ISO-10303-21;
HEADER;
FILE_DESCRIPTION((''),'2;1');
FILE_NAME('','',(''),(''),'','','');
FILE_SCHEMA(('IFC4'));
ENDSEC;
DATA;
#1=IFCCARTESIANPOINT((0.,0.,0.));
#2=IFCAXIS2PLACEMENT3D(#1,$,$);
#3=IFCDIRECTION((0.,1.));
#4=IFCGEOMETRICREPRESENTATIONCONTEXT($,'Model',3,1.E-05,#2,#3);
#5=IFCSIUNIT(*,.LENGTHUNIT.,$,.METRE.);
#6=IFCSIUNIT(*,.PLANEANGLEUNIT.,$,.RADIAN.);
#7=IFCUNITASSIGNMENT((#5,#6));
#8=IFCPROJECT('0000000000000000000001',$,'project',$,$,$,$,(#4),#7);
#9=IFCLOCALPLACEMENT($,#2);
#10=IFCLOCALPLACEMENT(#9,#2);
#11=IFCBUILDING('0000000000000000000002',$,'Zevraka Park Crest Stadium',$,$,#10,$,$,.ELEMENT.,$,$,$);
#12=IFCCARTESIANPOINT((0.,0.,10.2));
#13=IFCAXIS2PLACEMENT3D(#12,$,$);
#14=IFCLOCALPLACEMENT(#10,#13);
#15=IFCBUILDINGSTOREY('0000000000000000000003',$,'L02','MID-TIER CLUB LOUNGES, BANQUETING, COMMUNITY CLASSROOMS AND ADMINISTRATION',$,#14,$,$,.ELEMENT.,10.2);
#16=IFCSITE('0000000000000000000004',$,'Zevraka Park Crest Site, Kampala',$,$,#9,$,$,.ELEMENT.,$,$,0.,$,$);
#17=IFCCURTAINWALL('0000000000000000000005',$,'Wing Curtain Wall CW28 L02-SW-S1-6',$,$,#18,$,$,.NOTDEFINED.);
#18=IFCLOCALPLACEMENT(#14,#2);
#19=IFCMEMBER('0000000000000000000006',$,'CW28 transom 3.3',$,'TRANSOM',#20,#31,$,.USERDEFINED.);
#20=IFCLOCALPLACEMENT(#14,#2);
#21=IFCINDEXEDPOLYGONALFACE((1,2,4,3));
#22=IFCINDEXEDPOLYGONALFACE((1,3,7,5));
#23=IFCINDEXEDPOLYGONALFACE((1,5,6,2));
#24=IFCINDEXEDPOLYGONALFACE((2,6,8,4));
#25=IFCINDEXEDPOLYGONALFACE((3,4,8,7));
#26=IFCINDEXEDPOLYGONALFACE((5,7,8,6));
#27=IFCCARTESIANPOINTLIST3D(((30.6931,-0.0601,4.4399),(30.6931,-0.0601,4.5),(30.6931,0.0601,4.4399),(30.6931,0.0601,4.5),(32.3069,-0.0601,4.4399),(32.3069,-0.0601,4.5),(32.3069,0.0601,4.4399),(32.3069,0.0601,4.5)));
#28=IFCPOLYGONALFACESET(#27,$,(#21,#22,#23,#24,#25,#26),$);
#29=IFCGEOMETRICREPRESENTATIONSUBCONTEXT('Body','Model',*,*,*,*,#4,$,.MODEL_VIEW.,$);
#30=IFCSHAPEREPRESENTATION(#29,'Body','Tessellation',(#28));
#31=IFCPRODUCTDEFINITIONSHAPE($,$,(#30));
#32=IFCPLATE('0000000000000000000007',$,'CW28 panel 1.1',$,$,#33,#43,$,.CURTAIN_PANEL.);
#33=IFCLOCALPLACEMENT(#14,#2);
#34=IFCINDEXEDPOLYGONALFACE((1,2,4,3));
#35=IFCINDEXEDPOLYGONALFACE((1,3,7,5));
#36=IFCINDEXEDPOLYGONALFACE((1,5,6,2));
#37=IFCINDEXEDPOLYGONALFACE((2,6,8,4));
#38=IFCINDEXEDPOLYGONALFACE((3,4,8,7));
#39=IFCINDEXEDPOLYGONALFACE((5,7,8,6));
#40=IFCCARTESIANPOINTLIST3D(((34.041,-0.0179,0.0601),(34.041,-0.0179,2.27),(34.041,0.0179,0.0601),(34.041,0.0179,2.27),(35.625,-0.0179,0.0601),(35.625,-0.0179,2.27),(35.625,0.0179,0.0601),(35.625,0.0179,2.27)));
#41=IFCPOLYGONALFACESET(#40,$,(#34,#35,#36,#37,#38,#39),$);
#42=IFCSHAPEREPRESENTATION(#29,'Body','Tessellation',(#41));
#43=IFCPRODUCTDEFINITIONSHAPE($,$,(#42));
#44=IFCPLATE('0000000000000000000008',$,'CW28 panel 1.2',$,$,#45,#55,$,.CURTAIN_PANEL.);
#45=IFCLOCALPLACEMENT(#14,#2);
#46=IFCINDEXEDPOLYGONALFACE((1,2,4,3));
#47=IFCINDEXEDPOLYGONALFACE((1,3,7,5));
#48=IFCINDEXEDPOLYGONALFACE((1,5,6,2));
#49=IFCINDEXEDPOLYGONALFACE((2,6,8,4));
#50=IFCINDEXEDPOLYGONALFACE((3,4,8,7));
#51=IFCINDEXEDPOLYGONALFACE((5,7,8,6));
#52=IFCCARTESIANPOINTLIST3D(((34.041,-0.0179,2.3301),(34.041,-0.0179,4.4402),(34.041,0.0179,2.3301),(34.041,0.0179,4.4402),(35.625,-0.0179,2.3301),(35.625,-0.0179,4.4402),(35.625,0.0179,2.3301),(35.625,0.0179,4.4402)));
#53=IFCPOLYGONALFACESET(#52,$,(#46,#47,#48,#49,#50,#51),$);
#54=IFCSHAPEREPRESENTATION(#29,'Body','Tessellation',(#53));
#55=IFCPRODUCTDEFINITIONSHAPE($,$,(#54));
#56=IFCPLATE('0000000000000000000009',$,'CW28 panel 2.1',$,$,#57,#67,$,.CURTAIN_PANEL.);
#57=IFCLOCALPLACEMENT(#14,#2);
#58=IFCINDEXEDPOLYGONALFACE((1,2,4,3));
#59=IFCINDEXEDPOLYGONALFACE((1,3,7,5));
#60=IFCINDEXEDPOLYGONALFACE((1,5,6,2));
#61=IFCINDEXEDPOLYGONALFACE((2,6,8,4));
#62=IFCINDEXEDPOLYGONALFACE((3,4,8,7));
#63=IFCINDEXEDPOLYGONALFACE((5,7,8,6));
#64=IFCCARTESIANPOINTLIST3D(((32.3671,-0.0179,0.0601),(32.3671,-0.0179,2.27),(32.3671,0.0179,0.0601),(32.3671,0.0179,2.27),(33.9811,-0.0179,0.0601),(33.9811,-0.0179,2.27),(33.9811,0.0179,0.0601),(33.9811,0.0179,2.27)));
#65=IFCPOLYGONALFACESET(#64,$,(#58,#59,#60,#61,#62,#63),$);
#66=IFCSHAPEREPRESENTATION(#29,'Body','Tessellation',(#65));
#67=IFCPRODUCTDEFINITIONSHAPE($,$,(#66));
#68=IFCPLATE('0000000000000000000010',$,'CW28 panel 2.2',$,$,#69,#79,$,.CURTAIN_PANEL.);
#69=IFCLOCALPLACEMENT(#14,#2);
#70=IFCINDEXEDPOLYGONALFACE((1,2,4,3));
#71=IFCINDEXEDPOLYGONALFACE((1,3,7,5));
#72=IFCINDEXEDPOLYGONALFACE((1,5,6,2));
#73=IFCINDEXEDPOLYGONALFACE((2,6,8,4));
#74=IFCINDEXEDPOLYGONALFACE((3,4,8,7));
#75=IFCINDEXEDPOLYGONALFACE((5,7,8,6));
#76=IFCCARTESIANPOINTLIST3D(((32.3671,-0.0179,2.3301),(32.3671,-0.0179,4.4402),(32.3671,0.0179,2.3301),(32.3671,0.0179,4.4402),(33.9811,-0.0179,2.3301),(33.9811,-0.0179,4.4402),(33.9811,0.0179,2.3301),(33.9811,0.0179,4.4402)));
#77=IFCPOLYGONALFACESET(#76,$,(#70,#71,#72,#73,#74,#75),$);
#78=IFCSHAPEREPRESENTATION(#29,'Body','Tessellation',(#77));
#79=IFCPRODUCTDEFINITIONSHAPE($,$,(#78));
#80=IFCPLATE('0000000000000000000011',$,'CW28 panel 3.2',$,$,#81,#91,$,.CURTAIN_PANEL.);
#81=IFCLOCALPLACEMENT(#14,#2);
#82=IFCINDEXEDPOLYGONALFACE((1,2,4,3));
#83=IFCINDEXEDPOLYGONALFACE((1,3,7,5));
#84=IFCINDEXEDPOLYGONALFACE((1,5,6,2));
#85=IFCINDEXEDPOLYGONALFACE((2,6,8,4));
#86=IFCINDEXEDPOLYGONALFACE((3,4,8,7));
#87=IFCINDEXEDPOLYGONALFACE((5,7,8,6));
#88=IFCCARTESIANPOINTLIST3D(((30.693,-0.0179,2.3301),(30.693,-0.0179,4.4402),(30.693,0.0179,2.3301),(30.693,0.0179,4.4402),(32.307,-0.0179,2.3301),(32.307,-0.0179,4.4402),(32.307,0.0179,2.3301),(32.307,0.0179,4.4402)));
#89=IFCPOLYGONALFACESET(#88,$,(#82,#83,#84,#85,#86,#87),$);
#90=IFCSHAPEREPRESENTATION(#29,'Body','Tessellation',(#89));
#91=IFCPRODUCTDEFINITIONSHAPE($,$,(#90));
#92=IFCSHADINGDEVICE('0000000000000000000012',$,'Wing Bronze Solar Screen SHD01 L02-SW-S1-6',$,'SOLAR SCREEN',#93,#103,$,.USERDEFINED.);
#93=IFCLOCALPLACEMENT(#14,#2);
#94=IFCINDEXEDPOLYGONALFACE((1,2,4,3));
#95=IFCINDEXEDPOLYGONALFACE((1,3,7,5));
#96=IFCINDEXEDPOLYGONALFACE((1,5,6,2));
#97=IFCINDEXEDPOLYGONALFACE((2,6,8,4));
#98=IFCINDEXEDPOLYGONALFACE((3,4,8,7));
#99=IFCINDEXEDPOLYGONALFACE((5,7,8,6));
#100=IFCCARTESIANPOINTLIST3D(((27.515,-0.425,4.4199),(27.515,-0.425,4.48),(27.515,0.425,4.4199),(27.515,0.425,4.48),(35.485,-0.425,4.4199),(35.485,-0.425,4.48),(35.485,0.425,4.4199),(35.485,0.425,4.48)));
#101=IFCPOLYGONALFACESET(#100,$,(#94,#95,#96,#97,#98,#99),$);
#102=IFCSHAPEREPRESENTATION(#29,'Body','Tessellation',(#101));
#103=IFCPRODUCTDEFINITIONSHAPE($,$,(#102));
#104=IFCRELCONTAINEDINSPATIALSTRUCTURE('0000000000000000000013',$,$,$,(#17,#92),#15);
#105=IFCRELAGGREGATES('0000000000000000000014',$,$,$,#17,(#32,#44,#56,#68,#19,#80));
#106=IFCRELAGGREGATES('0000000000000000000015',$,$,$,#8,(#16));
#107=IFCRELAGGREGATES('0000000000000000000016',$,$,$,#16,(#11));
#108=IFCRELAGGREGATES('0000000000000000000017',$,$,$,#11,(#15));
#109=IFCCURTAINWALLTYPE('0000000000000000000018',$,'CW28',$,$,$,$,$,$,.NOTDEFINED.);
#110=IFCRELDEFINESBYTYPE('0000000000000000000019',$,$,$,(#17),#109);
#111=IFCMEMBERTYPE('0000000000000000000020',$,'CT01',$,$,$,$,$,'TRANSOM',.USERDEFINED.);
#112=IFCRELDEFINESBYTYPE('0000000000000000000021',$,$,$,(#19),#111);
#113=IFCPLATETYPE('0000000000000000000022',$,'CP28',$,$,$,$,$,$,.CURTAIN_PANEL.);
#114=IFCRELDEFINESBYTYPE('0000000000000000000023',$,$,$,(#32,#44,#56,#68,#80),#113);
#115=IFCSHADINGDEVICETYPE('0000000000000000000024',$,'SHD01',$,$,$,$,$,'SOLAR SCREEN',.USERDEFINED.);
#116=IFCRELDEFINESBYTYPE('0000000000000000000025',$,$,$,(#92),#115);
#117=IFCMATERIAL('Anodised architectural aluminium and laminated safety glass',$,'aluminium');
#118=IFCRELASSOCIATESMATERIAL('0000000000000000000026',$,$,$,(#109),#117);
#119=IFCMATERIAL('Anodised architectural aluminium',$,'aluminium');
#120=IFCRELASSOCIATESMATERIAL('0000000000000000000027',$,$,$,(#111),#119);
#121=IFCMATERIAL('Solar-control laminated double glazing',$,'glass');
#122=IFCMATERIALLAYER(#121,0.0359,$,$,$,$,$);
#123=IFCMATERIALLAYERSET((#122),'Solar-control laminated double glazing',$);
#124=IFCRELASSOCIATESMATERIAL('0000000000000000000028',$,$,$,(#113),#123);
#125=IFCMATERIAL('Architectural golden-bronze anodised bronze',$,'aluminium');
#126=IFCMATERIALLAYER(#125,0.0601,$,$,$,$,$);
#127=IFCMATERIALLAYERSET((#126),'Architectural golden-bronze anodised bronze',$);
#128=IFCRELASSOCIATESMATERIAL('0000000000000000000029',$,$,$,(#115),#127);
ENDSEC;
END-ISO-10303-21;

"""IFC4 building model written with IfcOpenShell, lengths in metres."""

from ifc_helpers import new_model, si_unit, direction, frame, origin, origin_2d, place, context, subcontext, project, spatial, rectangle, extrude, material, layer, layer_set, material_profile, profile_set, type_object, element, aggregate, save


model = new_model("IFC4")

# Units and contexts
model_context = context("Model", 3, precision=1e-05, world=origin(), true_north=direction((0.0, 1.0)))
body_context = subcontext(model_context, "Body", "Model", "MODEL_VIEW")
ifc_project = project(units=[si_unit("LENGTHUNIT", "METRE"), si_unit("PLANEANGLEUNIT", "RADIAN")], contexts=[model_context])

# Site, building, storey
site_placement = place(None, origin())
site = spatial("IfcSite", under=ifc_project, at=site_placement, Name="Zevraka Park Crest Site, Kampala", CompositionType="ELEMENT", RefElevation=0.0)
building_placement = place(site_placement, origin())
building = spatial("IfcBuilding", under=site, at=building_placement, Name="Zevraka Park Crest Stadium", CompositionType="ELEMENT")
storey_placement = place(building_placement, frame((0.0, 0.0, 10.2)))
storey = spatial("IfcBuildingStorey", under=building, at=storey_placement, Name="L02", Description="MID-TIER CLUB LOUNGES, BANQUETING, COMMUNITY CLASSROOMS AND ADMINISTRATION", CompositionType="ELEMENT", Elevation=10.2)

# Curtain wall, member, plates
ifc_material_1 = material(Name="Anodised architectural aluminium and laminated safety glass", Category="aluminium")
curtain_wall_type = type_object("IfcCurtainWallType", Name="CW28", PredefinedType="NOTDEFINED", material=ifc_material_1)
curtain_wall_placement = place(storey_placement, origin())
curtain_wall = element("IfcCurtainWall", 1, at=curtain_wall_placement, inside=storey, type_object=curtain_wall_type, Name="Wing Curtain Wall CW28 L02-SW-S1-6", PredefinedType="NOTDEFINED")
ifc_material_2 = material(Name="Anodised architectural aluminium", Category="aluminium")
ifc_material_profile_1 = material_profile(ifc_material_2, rectangle(XDim=0.1201, YDim=0.0601, at=origin_2d()), Name="ALU TRANSOM 120x60")
ifc_profile_set_1 = profile_set([ifc_material_profile_1], Name="Anodised architectural aluminium")
member_type_1 = type_object("IfcMemberType", Name="CT01", ElementType="TRANSOM", PredefinedType="USERDEFINED", material=ifc_profile_set_1)
member_1_placement = place(storey_placement, frame((32.3069, 0.0, 4.47), z_axis=(-1.0, 0.0, 0.0), x_axis=(0.0, -1.0, 0.0)))
member_1 = element("IfcMember", 2, at=member_1_placement, type_object=member_type_1, Name="CW28 transom 3.3", ObjectType="TRANSOM", PredefinedType="USERDEFINED", context=body_context, shape_type="SweptSolid", body=[
    extrude(rectangle(XDim=0.1201, YDim=0.0601, at=origin_2d()), origin(), (0.0, 0.0, 1.0), 1.6138),
])
ifc_material_3 = material(Name="Solar-control laminated double glazing", Category="glass")
ifc_layer_1 = layer(ifc_material_3, 0.0359)
ifc_layer_set_1 = layer_set([ifc_layer_1], Name="Solar-control laminated double glazing")
plate_type = type_object("IfcPlateType", Name="CP28", PredefinedType="CURTAIN_PANEL", material=ifc_layer_set_1)
plate_1_placement = place(storey_placement, frame((34.833, 0.0, 0.0601), z_axis=(0.0, 0.0, 1.0), x_axis=(-1.0, 0.0, 0.0)))
plate_1 = element("IfcPlate", 3, at=plate_1_placement, type_object=plate_type, Name="CW28 panel 1.1", PredefinedType="CURTAIN_PANEL", context=body_context, shape_type="SweptSolid", body=[
    extrude(rectangle(XDim=1.584, YDim=0.0359, at=origin_2d()), origin(), (0.0, 0.0, 1.0), 2.21),
])
plate_2_placement = place(storey_placement, frame((34.833, 0.0, 2.3301), z_axis=(0.0, 0.0, 1.0), x_axis=(-1.0, 0.0, 0.0)))
plate_2 = element("IfcPlate", 4, at=plate_2_placement, type_object=plate_type, Name="CW28 panel 1.2", PredefinedType="CURTAIN_PANEL", context=body_context, shape_type="SweptSolid", body=[
    extrude(rectangle(XDim=1.584, YDim=0.0359, at=origin_2d()), origin(), (0.0, 0.0, 1.0), 2.1101),
])
plate_3_placement = place(storey_placement, frame((33.1741, 0.0, 0.0601), z_axis=(0.0, 0.0, 1.0), x_axis=(-1.0, 0.0, 0.0)))
plate_3 = element("IfcPlate", 5, at=plate_3_placement, type_object=plate_type, Name="CW28 panel 2.1", PredefinedType="CURTAIN_PANEL", context=body_context, shape_type="SweptSolid", body=[
    extrude(rectangle(XDim=1.614, YDim=0.0359, at=origin_2d()), origin(), (0.0, 0.0, 1.0), 2.21),
])
plate_4_placement = place(storey_placement, frame((33.1741, 0.0, 2.3301), z_axis=(0.0, 0.0, 1.0), x_axis=(-1.0, 0.0, 0.0)))
plate_4 = element("IfcPlate", 6, at=plate_4_placement, type_object=plate_type, Name="CW28 panel 2.2", PredefinedType="CURTAIN_PANEL", context=body_context, shape_type="SweptSolid", body=[
    extrude(rectangle(XDim=1.614, YDim=0.0359, at=origin_2d()), origin(), (0.0, 0.0, 1.0), 2.1101),
])
plate_5_placement = place(storey_placement, frame((31.5, 0.0, 2.3301), z_axis=(0.0, 0.0, 1.0), x_axis=(-1.0, 0.0, 0.0)))
plate_5 = element("IfcPlate", 7, at=plate_5_placement, type_object=plate_type, Name="CW28 panel 3.2", PredefinedType="CURTAIN_PANEL", context=body_context, shape_type="SweptSolid", body=[
    extrude(rectangle(XDim=1.614, YDim=0.0359, at=origin_2d()), origin(), (0.0, 0.0, 1.0), 2.1101),
])
aggregate(curtain_wall, [plate_1, plate_2, plate_3, plate_4, member_1, plate_5])

# Shading device
ifc_material_4 = material(Name="Architectural golden-bronze anodised bronze", Category="aluminium")
ifc_layer_2 = layer(ifc_material_4, 0.0601)
ifc_layer_set_2 = layer_set([ifc_layer_2], Name="Architectural golden-bronze anodised bronze")
shading_device_type = type_object("IfcShadingDeviceType", Name="SHD01", ElementType="SOLAR SCREEN", PredefinedType="USERDEFINED", material=ifc_layer_set_2)
shading_device_placement = place(storey_placement, frame((31.5, 0.0, 4.4199), z_axis=(0.0, 0.0, 1.0), x_axis=(-1.0, 0.0, 0.0)))
element("IfcShadingDevice", 8, at=shading_device_placement, inside=storey, type_object=shading_device_type, Name="Wing Bronze Solar Screen SHD01 L02-SW-S1-6", ObjectType="SOLAR SCREEN", PredefinedType="USERDEFINED", context=body_context, shape_type="SweptSolid", body=[
    extrude(rectangle(XDim=7.97, YDim=0.8501, at=origin_2d()), origin(), (0.0, 0.0, 1.0), 0.0601),
])

save(model, "model.ifc")
